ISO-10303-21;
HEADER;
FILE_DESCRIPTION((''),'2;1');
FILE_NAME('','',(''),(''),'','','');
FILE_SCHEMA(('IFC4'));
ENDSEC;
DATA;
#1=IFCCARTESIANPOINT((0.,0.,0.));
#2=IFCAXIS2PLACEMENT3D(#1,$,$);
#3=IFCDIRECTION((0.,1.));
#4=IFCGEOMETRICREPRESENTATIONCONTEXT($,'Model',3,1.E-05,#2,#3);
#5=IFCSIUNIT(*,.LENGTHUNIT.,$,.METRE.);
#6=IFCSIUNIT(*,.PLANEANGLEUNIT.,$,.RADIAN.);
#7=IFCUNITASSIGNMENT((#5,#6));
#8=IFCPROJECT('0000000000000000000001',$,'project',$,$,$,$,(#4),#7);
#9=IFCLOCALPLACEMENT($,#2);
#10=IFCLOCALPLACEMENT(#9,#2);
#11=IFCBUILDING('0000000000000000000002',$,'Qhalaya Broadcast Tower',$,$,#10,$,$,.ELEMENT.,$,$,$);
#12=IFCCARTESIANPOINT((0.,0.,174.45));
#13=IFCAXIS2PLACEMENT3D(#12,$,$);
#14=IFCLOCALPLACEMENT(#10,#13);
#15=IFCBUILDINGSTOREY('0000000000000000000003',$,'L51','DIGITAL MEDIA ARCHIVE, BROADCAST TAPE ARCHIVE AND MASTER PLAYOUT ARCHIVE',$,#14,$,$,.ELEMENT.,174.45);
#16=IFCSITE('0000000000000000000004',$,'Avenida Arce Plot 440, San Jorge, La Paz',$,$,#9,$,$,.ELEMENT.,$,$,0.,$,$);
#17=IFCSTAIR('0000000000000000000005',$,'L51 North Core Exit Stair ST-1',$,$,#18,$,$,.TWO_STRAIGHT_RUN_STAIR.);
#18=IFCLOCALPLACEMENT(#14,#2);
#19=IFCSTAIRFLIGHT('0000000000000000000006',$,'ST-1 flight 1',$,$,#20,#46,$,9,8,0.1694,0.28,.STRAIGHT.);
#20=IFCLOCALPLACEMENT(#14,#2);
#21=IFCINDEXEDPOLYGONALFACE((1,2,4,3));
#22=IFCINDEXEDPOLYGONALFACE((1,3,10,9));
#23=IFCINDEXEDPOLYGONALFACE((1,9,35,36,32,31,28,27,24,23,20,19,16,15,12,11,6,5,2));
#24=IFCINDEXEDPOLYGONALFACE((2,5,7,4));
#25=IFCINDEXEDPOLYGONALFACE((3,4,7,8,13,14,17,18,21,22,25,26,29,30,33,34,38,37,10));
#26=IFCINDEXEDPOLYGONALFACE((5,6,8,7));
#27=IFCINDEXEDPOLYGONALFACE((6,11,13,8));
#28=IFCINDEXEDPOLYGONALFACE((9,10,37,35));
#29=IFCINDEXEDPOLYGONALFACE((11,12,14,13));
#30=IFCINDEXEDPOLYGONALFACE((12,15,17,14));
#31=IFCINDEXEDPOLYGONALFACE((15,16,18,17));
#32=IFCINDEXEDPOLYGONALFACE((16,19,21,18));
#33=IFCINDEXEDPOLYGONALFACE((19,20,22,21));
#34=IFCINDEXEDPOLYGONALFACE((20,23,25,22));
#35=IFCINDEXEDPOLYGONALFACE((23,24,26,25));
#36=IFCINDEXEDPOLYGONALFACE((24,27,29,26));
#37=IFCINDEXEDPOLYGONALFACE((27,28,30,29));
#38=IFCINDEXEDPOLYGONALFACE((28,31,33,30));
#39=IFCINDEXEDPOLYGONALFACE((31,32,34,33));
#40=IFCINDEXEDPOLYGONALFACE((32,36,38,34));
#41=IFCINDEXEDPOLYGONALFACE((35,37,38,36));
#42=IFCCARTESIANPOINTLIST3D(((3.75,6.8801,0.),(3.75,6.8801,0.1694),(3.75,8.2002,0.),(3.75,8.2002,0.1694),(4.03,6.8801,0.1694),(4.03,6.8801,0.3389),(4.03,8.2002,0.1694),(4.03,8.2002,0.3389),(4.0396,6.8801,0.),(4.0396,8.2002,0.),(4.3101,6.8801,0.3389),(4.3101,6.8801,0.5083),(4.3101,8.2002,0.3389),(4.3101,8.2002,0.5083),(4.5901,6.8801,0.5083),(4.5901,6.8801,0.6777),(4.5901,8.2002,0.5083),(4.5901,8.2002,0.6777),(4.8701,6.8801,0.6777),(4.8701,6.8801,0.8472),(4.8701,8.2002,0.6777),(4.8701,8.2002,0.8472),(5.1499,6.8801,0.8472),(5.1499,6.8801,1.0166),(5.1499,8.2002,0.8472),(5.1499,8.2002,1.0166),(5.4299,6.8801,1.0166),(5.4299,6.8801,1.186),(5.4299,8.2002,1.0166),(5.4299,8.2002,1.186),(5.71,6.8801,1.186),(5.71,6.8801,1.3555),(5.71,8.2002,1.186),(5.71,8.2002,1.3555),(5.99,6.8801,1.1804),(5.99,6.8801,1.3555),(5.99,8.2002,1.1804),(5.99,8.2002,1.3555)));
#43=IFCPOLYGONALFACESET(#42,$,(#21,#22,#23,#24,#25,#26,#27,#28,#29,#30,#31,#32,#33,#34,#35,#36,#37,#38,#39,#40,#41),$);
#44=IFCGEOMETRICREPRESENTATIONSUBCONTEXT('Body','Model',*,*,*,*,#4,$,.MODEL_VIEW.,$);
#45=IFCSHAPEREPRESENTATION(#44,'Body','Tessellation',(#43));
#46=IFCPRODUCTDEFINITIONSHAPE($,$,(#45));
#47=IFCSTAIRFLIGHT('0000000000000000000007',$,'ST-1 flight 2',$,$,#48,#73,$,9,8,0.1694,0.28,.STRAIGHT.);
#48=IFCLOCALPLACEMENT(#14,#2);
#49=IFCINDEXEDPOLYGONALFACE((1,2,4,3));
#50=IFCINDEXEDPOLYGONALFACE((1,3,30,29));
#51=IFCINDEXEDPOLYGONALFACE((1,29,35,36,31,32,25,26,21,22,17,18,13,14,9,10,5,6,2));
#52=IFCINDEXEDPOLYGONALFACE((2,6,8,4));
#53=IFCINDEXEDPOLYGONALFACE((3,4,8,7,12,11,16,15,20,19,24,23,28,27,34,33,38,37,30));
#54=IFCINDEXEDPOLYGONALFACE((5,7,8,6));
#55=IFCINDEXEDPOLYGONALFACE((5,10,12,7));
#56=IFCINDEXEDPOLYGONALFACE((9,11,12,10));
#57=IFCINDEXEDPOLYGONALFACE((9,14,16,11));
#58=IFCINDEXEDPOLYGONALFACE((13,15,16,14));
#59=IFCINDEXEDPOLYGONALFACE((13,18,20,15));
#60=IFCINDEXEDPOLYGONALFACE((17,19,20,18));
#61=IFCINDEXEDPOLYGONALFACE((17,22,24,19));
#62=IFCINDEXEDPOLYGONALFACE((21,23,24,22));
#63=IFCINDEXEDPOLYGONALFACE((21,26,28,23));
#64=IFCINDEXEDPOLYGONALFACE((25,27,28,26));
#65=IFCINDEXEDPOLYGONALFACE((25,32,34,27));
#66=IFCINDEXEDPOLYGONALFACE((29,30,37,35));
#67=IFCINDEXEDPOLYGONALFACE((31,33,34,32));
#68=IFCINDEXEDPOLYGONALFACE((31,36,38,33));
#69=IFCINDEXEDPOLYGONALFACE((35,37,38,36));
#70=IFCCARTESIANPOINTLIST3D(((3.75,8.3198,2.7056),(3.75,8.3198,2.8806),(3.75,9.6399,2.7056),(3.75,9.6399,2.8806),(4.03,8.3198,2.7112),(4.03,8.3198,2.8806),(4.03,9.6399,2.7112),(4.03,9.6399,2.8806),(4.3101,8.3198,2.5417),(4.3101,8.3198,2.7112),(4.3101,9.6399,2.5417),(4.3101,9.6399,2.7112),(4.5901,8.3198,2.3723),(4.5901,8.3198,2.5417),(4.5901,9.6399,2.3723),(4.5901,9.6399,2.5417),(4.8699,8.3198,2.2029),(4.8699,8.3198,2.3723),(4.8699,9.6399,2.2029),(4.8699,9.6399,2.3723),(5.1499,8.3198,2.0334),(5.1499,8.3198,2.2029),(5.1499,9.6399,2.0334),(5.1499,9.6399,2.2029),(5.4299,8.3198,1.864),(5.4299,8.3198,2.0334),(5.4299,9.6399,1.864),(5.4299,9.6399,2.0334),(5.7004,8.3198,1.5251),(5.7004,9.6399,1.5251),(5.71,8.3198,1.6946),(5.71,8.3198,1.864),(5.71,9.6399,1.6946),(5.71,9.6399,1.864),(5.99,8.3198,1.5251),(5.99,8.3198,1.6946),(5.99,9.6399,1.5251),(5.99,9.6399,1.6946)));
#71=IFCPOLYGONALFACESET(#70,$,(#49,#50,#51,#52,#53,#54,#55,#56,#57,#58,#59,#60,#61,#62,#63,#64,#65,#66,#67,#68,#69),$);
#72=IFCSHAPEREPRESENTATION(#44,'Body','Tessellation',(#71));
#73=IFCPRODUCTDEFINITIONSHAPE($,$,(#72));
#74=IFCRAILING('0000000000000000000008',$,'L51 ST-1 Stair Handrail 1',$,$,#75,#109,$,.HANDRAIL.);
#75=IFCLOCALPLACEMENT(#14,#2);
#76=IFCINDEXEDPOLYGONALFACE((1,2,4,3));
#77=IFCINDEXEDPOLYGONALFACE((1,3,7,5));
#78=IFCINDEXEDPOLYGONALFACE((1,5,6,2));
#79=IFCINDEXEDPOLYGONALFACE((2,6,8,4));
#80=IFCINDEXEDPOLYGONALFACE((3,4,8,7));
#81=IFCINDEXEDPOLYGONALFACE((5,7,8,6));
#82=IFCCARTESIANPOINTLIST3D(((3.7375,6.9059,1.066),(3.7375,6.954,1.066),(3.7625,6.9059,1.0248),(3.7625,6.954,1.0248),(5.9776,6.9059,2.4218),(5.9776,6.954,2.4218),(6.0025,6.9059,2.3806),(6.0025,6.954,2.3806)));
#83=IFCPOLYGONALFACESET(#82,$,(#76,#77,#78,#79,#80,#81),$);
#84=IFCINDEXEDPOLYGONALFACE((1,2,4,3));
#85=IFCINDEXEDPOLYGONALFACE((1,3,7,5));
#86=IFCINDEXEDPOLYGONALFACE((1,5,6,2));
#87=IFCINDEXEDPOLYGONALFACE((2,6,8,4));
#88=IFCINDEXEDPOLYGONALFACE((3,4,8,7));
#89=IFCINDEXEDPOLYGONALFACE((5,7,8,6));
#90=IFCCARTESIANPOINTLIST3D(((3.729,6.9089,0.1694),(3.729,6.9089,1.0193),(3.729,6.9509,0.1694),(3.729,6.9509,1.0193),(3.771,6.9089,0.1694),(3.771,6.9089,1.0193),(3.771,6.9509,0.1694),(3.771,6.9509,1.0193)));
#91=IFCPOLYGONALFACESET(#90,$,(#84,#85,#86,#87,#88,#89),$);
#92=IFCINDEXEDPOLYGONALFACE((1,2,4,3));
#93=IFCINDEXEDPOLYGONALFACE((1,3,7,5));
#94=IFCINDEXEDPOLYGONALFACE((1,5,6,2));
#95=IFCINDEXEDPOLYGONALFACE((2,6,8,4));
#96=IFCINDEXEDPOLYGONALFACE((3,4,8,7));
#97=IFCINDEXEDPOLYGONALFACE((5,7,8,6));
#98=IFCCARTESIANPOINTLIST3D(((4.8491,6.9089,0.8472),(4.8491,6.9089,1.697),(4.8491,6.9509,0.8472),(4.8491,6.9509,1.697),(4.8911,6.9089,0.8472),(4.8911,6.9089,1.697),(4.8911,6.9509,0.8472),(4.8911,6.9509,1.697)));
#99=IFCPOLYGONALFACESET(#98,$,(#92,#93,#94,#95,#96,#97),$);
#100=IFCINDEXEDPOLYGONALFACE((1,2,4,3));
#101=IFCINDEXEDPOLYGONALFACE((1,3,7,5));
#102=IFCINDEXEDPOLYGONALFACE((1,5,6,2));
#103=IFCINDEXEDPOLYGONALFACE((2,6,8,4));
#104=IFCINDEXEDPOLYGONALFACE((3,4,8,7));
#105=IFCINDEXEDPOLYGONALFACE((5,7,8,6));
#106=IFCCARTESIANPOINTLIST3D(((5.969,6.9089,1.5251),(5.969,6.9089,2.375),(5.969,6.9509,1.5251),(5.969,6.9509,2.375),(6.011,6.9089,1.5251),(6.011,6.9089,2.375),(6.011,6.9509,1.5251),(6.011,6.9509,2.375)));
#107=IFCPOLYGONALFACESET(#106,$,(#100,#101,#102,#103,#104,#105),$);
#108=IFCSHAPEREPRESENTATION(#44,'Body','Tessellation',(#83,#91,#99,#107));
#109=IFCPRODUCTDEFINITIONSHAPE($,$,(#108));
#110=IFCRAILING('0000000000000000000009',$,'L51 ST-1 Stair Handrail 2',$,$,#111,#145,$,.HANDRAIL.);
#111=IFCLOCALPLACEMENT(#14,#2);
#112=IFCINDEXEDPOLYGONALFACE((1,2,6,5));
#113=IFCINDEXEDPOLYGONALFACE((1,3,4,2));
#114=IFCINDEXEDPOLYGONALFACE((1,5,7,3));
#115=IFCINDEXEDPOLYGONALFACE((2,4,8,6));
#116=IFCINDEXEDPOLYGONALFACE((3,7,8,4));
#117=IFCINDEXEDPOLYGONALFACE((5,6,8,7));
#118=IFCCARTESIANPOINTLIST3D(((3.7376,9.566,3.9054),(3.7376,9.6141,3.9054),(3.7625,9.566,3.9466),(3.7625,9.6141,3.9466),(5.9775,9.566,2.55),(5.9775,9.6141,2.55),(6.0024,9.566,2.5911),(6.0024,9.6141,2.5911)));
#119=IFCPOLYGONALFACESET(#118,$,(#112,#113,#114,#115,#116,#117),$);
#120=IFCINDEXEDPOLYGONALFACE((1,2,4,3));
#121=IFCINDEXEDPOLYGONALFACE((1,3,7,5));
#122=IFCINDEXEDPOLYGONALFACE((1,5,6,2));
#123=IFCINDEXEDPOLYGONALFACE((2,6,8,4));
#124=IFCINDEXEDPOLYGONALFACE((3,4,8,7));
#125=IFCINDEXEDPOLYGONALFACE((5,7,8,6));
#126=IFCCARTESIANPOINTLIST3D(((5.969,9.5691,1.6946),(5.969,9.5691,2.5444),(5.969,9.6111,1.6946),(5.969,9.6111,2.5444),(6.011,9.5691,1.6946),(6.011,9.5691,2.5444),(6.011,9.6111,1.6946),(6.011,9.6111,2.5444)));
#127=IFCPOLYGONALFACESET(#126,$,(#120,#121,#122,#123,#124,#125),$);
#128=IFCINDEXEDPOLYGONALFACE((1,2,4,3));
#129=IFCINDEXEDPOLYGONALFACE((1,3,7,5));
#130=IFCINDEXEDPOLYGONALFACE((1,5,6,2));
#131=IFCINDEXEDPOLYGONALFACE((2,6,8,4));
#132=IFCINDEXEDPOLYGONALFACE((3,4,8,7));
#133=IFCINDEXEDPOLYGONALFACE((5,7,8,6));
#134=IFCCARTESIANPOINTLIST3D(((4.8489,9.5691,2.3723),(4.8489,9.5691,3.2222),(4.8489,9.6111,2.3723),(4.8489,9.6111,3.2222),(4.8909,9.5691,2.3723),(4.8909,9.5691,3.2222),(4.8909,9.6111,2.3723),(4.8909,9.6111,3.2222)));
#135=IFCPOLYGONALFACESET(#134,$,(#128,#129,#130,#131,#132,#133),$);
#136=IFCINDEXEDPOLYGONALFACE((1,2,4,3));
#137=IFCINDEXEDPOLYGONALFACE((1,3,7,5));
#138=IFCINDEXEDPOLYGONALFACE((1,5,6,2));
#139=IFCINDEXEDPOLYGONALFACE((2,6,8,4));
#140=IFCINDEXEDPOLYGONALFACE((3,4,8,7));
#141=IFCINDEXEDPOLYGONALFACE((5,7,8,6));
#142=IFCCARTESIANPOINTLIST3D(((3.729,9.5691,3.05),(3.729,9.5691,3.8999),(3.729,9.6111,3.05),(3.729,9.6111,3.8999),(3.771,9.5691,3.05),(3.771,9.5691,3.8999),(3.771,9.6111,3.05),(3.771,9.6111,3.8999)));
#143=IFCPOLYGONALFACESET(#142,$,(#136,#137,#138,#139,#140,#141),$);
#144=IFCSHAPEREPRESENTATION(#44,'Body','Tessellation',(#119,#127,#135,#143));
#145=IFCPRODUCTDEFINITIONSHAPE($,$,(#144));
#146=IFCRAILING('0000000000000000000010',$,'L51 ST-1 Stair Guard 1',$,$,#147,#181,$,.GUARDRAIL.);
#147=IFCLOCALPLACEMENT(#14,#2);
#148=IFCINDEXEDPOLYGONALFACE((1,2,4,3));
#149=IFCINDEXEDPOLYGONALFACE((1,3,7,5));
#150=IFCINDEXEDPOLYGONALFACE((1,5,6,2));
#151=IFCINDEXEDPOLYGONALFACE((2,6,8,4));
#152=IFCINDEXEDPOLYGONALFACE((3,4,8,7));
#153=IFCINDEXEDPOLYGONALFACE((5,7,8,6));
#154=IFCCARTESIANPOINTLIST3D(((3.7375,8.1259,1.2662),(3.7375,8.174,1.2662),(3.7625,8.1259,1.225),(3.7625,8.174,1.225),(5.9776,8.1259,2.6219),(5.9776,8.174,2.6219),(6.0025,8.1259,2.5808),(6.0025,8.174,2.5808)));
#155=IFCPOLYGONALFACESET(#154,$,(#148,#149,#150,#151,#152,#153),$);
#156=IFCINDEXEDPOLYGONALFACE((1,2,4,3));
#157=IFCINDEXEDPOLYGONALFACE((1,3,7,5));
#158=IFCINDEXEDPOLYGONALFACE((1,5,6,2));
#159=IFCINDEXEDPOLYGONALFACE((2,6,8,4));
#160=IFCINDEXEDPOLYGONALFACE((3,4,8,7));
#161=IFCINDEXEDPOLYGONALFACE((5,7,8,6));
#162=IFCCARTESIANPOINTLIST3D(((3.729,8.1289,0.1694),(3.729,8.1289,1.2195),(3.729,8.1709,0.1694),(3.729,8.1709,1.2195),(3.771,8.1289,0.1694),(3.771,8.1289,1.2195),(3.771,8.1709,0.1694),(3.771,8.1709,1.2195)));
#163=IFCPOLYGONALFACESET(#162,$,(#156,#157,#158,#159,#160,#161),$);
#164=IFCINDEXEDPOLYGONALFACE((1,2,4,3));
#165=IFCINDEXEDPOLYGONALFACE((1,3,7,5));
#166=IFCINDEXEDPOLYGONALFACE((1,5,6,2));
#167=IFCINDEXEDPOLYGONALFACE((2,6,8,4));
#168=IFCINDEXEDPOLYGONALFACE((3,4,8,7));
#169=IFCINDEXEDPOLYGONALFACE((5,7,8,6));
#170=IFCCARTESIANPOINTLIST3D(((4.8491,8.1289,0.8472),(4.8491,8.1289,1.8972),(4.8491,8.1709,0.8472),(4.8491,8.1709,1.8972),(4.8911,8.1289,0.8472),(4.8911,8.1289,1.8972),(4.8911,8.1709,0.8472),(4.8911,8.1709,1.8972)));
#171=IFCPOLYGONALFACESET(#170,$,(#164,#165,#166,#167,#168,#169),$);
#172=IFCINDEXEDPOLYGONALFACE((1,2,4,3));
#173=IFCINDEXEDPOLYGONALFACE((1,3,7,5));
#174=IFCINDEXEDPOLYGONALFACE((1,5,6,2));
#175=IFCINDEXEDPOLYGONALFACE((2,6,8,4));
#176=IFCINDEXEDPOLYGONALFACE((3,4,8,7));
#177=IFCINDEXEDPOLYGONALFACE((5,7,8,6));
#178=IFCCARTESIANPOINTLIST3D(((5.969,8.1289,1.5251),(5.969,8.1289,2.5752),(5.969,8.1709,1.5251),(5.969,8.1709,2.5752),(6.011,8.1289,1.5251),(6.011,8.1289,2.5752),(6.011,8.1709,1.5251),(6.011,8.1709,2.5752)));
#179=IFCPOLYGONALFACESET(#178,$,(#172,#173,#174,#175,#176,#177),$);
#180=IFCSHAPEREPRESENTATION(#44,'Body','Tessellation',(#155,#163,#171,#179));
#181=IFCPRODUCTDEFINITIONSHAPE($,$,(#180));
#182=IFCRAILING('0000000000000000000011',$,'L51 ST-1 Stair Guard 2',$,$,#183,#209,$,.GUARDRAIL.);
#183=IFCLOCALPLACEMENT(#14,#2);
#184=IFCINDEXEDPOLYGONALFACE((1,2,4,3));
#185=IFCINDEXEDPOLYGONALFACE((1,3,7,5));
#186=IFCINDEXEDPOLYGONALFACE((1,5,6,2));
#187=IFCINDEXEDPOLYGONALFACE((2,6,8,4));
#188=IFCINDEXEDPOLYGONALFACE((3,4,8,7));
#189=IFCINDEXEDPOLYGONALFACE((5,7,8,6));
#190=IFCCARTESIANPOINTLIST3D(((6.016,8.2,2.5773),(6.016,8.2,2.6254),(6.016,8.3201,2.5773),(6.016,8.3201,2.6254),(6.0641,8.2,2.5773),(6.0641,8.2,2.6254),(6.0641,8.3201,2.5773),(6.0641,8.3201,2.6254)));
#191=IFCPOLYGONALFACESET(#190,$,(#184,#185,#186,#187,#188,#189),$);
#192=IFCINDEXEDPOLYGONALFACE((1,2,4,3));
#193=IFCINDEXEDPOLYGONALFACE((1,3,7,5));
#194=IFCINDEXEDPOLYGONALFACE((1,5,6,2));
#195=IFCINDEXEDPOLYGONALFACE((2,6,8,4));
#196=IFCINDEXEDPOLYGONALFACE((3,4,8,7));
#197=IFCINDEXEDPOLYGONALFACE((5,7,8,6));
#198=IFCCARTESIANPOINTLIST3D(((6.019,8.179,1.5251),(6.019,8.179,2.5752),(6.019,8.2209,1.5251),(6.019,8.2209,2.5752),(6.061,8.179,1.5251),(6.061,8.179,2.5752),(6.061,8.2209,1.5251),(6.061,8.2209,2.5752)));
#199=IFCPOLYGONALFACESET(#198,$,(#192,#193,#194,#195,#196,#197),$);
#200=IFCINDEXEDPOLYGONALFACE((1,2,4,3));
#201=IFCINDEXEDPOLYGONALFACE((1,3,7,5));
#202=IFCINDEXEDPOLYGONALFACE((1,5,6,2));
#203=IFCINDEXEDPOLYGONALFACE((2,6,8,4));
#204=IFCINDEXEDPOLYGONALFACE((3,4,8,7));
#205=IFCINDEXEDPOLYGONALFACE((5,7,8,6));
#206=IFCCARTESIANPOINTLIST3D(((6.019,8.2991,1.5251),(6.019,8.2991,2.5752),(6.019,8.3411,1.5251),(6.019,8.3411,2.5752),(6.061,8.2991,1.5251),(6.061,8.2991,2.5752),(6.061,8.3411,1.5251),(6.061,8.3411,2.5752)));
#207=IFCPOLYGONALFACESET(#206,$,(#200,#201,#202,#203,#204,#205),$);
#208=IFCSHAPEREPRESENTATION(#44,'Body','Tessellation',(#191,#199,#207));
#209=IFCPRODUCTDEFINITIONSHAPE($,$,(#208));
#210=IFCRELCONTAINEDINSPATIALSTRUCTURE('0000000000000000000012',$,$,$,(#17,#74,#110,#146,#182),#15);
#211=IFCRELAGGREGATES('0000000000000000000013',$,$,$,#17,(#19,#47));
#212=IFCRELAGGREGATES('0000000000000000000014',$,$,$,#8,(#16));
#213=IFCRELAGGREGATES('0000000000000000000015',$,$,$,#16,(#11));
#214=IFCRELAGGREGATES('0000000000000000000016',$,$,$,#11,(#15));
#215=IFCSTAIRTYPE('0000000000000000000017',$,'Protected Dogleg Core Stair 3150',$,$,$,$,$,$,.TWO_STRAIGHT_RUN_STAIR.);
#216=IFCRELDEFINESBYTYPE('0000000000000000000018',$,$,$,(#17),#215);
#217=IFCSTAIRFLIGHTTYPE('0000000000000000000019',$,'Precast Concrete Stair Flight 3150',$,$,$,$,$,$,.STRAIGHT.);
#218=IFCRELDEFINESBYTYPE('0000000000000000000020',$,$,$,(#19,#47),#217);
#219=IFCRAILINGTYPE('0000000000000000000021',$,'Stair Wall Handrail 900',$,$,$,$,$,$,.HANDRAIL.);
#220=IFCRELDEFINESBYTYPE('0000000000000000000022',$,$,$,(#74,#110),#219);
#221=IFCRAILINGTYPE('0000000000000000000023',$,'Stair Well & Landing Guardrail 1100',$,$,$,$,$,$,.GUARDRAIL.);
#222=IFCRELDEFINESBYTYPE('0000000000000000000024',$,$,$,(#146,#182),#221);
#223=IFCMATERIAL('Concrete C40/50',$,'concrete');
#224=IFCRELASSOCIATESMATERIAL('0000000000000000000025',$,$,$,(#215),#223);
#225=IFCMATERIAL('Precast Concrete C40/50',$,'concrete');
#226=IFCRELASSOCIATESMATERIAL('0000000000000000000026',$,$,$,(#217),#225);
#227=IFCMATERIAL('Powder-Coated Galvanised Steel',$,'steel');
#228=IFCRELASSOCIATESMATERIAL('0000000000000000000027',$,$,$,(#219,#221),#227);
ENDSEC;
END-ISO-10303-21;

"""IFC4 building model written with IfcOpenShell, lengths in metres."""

from ifc_helpers import new_model, si_unit, direction, frame, origin, origin_2d, place, context, subcontext, project, spatial, polyline, rectangle, outline, extrude, material, type_object, element, aggregate, save


model = new_model("IFC4")

# Units and contexts
model_context = context("Model", 3, precision=1e-05, world=origin(), true_north=direction((0.0, 1.0)))
body_context = subcontext(model_context, "Body", "Model", "MODEL_VIEW")
ifc_project = project(units=[si_unit("LENGTHUNIT", "METRE"), si_unit("PLANEANGLEUNIT", "RADIAN")], contexts=[model_context])

# Site, building, storey
site_placement = place(None, origin())
site = spatial("IfcSite", under=ifc_project, at=site_placement, Name="Avenida Arce Plot 440, San Jorge, La Paz", CompositionType="ELEMENT", RefElevation=0.0)
building_placement = place(site_placement, origin())
building = spatial("IfcBuilding", under=site, at=building_placement, Name="Qhalaya Broadcast Tower", CompositionType="ELEMENT")
storey_placement = place(building_placement, frame((0.0, 0.0, 174.45)))
storey = spatial("IfcBuildingStorey", under=building, at=storey_placement, Name="L51", Description="DIGITAL MEDIA ARCHIVE, BROADCAST TAPE ARCHIVE AND MASTER PLAYOUT ARCHIVE", CompositionType="ELEMENT", Elevation=174.45)

# Stair, stair flights
ifc_material_1 = material(Name="Concrete C40/50", Category="concrete")
stair_type = type_object("IfcStairType", Name="Protected Dogleg Core Stair 3150", PredefinedType="TWO_STRAIGHT_RUN_STAIR", material=ifc_material_1)
stair_placement = place(storey_placement, origin())
stair = element("IfcStair", 1, at=stair_placement, inside=storey, type_object=stair_type, Name="L51 North Core Exit Stair ST-1", PredefinedType="TWO_STRAIGHT_RUN_STAIR")
ifc_material_2 = material(Name="Precast Concrete C40/50", Category="concrete")
stair_flight_type = type_object("IfcStairFlightType", Name="Precast Concrete Stair Flight 3150", PredefinedType="STRAIGHT", material=ifc_material_2)
stair_flight_1_placement = place(storey_placement, frame((3.75, 7.54, 0.0), z_axis=(0.0, 0.0, 1.0), x_axis=(1.0, 0.0, 0.0)))
stair_flight_1 = element("IfcStairFlight", 2, at=stair_flight_1_placement, type_object=stair_flight_type, Name="ST-1 flight 1", NumberOfRisers=9, NumberOfTreads=8, PredefinedType="STRAIGHT", RiserHeight=0.1694, TreadLength=0.28, context=body_context, shape_type="SweptSolid", body=[
    extrude(outline(polyline([(0.0, 0.0), (0.0, 0.1694), (0.28, 0.1694), (0.28, 0.3389), (0.5601, 0.3389), (0.5601, 0.5083), (0.8401, 0.5083), (0.8401, 0.6777), (1.1201, 0.6777), (1.1201, 0.8472), (1.3999, 0.8472), (1.3999, 1.0166), (1.6799, 1.0166), (1.6799, 1.186), (1.96, 1.186), (1.96, 1.3555), (2.24, 1.3555), (2.24, 1.5249), (2.24, 1.1804), (0.2896, 0.0), (0.0, 0.0)])), frame((0.0, 0.6602, 0.0), z_axis=(0.0, -1.0, 0.0), x_axis=(1.0, 0.0, 0.0)), (0.0, 0.0, 1.0), 1.3201),
])
stair_flight_2_placement = place(storey_placement, frame((5.99, 8.98, 1.5251), z_axis=(0.0, 0.0, 1.0), x_axis=(-1.0, 0.0, 0.0)))
stair_flight_2 = element("IfcStairFlight", 3, at=stair_flight_2_placement, type_object=stair_flight_type, Name="ST-1 flight 2", NumberOfRisers=9, NumberOfTreads=8, PredefinedType="STRAIGHT", RiserHeight=0.1694, TreadLength=0.28, context=body_context, shape_type="SweptSolid", body=[
    extrude(outline(polyline([(0.0, 0.0), (0.0, 0.1694), (0.28, 0.1694), (0.28, 0.3389), (0.5601, 0.3389), (0.5601, 0.5083), (0.8401, 0.5083), (0.8401, 0.6777), (1.1201, 0.6777), (1.1201, 0.8472), (1.3999, 0.8472), (1.3999, 1.0166), (1.6799, 1.0166), (1.6799, 1.186), (1.96, 1.186), (1.96, 1.3555), (2.24, 1.3555), (2.24, 1.5249), (2.24, 1.1804), (0.2896, 0.0), (0.0, 0.0)])), frame((0.0, 0.6602, 0.0), z_axis=(0.0, -1.0, 0.0), x_axis=(1.0, 0.0, 0.0)), (0.0, 0.0, 1.0), 1.3201),
])
aggregate(stair, [stair_flight_1, stair_flight_2])

# Railings
ifc_material_3 = material(Name="Powder-Coated Galvanised Steel", Category="steel")
railing_type_1 = type_object("IfcRailingType", Name="Stair Wall Handrail 900", PredefinedType="HANDRAIL", material=ifc_material_3)
railing_1_placement = place(storey_placement, frame((3.75, 6.9299, 0.1694)))
element("IfcRailing", 4, at=railing_1_placement, inside=storey, type_object=railing_type_1, Name="L51 ST-1 Stair Handrail 1", PredefinedType="HANDRAIL", context=body_context, shape_type="SweptSolid", body=[
    extrude(rectangle(XDim=0.0481, YDim=0.0481, at=origin_2d()), frame((0.0, 0.0, 0.876), z_axis=(0.855512, 0.0, 0.517783), x_axis=(0.0, 1.0, 0.0)), (0.0, 0.0, 1.0), 2.6184),
    extrude(rectangle(XDim=0.042, YDim=0.042, at=origin_2d()), origin(), (0.0, 0.0, 1.0), 0.8499),
    extrude(rectangle(XDim=0.042, YDim=0.042, at=origin_2d()), frame((1.1201, 0.0, 0.6777)), (0.0, 0.0, 1.0), 0.8499),
    extrude(rectangle(XDim=0.042, YDim=0.042, at=origin_2d()), frame((2.24, 0.0, 1.3557)), (0.0, 0.0, 1.0), 0.8499),
])
railing_2_placement = place(storey_placement, frame((5.99, 9.5901, 1.6946)))
element("IfcRailing", 5, at=railing_2_placement, inside=storey, type_object=railing_type_1, Name="L51 ST-1 Stair Handrail 2", PredefinedType="HANDRAIL", context=body_context, shape_type="SweptSolid", body=[
    extrude(rectangle(XDim=0.0481, YDim=0.0481, at=origin_2d()), frame((0.0, 0.0, 0.876), z_axis=(-0.855553, 0.0, 0.517715), x_axis=(0.0, -1.0, 0.0)), (0.0, 0.0, 1.0), 2.6182),
    extrude(rectangle(XDim=0.042, YDim=0.042, at=origin_2d()), origin(), (0.0, 0.0, 1.0), 0.8499),
    extrude(rectangle(XDim=0.042, YDim=0.042, at=origin_2d()), frame((-1.1201, 0.0, 0.6777)), (0.0, 0.0, 1.0), 0.8499),
    extrude(rectangle(XDim=0.042, YDim=0.042, at=origin_2d()), frame((-2.24, 0.0, 1.3555)), (0.0, 0.0, 1.0), 0.8499),
])
railing_type_2 = type_object("IfcRailingType", Name="Stair Well & Landing Guardrail 1100", PredefinedType="GUARDRAIL", material=ifc_material_3)
railing_3_placement = place(storey_placement, frame((3.75, 8.1499, 0.1694)))
element("IfcRailing", 6, at=railing_3_placement, inside=storey, type_object=railing_type_2, Name="L51 ST-1 Stair Guard 1", PredefinedType="GUARDRAIL", context=body_context, shape_type="SweptSolid", body=[
    extrude(rectangle(XDim=0.0481, YDim=0.0481, at=origin_2d()), frame((0.0, 0.0, 1.0762), z_axis=(0.855512, 0.0, 0.517783), x_axis=(0.0, 1.0, 0.0)), (0.0, 0.0, 1.0), 2.6184),
    extrude(rectangle(XDim=0.042, YDim=0.042, at=origin_2d()), origin(), (0.0, 0.0, 1.0), 1.05),
    extrude(rectangle(XDim=0.042, YDim=0.042, at=origin_2d()), frame((1.1201, 0.0, 0.6777)), (0.0, 0.0, 1.0), 1.05),
    extrude(rectangle(XDim=0.042, YDim=0.042, at=origin_2d()), frame((2.24, 0.0, 1.3557)), (0.0, 0.0, 1.0), 1.05),
])
railing_4_placement = place(storey_placement, frame((6.04, 8.2, 1.5251)))
element("IfcRailing", 7, at=railing_4_placement, inside=storey, type_object=railing_type_2, Name="L51 ST-1 Stair Guard 2", PredefinedType="GUARDRAIL", context=body_context, shape_type="SweptSolid", body=[
    extrude(rectangle(XDim=0.0481, YDim=0.0481, at=origin_2d()), frame((0.0, 0.0, 1.0762), z_axis=(0.0, 1.0, 0.0), x_axis=(-1.0, 0.0, 0.0)), (0.0, 0.0, 1.0), 0.1201),
    extrude(rectangle(XDim=0.042, YDim=0.042, at=origin_2d()), origin(), (0.0, 0.0, 1.0), 1.05),
    extrude(rectangle(XDim=0.042, YDim=0.042, at=origin_2d()), frame((0.0, 0.1201, 0.0)), (0.0, 0.0, 1.0), 1.05),
])

save(model, "model.ifc")
